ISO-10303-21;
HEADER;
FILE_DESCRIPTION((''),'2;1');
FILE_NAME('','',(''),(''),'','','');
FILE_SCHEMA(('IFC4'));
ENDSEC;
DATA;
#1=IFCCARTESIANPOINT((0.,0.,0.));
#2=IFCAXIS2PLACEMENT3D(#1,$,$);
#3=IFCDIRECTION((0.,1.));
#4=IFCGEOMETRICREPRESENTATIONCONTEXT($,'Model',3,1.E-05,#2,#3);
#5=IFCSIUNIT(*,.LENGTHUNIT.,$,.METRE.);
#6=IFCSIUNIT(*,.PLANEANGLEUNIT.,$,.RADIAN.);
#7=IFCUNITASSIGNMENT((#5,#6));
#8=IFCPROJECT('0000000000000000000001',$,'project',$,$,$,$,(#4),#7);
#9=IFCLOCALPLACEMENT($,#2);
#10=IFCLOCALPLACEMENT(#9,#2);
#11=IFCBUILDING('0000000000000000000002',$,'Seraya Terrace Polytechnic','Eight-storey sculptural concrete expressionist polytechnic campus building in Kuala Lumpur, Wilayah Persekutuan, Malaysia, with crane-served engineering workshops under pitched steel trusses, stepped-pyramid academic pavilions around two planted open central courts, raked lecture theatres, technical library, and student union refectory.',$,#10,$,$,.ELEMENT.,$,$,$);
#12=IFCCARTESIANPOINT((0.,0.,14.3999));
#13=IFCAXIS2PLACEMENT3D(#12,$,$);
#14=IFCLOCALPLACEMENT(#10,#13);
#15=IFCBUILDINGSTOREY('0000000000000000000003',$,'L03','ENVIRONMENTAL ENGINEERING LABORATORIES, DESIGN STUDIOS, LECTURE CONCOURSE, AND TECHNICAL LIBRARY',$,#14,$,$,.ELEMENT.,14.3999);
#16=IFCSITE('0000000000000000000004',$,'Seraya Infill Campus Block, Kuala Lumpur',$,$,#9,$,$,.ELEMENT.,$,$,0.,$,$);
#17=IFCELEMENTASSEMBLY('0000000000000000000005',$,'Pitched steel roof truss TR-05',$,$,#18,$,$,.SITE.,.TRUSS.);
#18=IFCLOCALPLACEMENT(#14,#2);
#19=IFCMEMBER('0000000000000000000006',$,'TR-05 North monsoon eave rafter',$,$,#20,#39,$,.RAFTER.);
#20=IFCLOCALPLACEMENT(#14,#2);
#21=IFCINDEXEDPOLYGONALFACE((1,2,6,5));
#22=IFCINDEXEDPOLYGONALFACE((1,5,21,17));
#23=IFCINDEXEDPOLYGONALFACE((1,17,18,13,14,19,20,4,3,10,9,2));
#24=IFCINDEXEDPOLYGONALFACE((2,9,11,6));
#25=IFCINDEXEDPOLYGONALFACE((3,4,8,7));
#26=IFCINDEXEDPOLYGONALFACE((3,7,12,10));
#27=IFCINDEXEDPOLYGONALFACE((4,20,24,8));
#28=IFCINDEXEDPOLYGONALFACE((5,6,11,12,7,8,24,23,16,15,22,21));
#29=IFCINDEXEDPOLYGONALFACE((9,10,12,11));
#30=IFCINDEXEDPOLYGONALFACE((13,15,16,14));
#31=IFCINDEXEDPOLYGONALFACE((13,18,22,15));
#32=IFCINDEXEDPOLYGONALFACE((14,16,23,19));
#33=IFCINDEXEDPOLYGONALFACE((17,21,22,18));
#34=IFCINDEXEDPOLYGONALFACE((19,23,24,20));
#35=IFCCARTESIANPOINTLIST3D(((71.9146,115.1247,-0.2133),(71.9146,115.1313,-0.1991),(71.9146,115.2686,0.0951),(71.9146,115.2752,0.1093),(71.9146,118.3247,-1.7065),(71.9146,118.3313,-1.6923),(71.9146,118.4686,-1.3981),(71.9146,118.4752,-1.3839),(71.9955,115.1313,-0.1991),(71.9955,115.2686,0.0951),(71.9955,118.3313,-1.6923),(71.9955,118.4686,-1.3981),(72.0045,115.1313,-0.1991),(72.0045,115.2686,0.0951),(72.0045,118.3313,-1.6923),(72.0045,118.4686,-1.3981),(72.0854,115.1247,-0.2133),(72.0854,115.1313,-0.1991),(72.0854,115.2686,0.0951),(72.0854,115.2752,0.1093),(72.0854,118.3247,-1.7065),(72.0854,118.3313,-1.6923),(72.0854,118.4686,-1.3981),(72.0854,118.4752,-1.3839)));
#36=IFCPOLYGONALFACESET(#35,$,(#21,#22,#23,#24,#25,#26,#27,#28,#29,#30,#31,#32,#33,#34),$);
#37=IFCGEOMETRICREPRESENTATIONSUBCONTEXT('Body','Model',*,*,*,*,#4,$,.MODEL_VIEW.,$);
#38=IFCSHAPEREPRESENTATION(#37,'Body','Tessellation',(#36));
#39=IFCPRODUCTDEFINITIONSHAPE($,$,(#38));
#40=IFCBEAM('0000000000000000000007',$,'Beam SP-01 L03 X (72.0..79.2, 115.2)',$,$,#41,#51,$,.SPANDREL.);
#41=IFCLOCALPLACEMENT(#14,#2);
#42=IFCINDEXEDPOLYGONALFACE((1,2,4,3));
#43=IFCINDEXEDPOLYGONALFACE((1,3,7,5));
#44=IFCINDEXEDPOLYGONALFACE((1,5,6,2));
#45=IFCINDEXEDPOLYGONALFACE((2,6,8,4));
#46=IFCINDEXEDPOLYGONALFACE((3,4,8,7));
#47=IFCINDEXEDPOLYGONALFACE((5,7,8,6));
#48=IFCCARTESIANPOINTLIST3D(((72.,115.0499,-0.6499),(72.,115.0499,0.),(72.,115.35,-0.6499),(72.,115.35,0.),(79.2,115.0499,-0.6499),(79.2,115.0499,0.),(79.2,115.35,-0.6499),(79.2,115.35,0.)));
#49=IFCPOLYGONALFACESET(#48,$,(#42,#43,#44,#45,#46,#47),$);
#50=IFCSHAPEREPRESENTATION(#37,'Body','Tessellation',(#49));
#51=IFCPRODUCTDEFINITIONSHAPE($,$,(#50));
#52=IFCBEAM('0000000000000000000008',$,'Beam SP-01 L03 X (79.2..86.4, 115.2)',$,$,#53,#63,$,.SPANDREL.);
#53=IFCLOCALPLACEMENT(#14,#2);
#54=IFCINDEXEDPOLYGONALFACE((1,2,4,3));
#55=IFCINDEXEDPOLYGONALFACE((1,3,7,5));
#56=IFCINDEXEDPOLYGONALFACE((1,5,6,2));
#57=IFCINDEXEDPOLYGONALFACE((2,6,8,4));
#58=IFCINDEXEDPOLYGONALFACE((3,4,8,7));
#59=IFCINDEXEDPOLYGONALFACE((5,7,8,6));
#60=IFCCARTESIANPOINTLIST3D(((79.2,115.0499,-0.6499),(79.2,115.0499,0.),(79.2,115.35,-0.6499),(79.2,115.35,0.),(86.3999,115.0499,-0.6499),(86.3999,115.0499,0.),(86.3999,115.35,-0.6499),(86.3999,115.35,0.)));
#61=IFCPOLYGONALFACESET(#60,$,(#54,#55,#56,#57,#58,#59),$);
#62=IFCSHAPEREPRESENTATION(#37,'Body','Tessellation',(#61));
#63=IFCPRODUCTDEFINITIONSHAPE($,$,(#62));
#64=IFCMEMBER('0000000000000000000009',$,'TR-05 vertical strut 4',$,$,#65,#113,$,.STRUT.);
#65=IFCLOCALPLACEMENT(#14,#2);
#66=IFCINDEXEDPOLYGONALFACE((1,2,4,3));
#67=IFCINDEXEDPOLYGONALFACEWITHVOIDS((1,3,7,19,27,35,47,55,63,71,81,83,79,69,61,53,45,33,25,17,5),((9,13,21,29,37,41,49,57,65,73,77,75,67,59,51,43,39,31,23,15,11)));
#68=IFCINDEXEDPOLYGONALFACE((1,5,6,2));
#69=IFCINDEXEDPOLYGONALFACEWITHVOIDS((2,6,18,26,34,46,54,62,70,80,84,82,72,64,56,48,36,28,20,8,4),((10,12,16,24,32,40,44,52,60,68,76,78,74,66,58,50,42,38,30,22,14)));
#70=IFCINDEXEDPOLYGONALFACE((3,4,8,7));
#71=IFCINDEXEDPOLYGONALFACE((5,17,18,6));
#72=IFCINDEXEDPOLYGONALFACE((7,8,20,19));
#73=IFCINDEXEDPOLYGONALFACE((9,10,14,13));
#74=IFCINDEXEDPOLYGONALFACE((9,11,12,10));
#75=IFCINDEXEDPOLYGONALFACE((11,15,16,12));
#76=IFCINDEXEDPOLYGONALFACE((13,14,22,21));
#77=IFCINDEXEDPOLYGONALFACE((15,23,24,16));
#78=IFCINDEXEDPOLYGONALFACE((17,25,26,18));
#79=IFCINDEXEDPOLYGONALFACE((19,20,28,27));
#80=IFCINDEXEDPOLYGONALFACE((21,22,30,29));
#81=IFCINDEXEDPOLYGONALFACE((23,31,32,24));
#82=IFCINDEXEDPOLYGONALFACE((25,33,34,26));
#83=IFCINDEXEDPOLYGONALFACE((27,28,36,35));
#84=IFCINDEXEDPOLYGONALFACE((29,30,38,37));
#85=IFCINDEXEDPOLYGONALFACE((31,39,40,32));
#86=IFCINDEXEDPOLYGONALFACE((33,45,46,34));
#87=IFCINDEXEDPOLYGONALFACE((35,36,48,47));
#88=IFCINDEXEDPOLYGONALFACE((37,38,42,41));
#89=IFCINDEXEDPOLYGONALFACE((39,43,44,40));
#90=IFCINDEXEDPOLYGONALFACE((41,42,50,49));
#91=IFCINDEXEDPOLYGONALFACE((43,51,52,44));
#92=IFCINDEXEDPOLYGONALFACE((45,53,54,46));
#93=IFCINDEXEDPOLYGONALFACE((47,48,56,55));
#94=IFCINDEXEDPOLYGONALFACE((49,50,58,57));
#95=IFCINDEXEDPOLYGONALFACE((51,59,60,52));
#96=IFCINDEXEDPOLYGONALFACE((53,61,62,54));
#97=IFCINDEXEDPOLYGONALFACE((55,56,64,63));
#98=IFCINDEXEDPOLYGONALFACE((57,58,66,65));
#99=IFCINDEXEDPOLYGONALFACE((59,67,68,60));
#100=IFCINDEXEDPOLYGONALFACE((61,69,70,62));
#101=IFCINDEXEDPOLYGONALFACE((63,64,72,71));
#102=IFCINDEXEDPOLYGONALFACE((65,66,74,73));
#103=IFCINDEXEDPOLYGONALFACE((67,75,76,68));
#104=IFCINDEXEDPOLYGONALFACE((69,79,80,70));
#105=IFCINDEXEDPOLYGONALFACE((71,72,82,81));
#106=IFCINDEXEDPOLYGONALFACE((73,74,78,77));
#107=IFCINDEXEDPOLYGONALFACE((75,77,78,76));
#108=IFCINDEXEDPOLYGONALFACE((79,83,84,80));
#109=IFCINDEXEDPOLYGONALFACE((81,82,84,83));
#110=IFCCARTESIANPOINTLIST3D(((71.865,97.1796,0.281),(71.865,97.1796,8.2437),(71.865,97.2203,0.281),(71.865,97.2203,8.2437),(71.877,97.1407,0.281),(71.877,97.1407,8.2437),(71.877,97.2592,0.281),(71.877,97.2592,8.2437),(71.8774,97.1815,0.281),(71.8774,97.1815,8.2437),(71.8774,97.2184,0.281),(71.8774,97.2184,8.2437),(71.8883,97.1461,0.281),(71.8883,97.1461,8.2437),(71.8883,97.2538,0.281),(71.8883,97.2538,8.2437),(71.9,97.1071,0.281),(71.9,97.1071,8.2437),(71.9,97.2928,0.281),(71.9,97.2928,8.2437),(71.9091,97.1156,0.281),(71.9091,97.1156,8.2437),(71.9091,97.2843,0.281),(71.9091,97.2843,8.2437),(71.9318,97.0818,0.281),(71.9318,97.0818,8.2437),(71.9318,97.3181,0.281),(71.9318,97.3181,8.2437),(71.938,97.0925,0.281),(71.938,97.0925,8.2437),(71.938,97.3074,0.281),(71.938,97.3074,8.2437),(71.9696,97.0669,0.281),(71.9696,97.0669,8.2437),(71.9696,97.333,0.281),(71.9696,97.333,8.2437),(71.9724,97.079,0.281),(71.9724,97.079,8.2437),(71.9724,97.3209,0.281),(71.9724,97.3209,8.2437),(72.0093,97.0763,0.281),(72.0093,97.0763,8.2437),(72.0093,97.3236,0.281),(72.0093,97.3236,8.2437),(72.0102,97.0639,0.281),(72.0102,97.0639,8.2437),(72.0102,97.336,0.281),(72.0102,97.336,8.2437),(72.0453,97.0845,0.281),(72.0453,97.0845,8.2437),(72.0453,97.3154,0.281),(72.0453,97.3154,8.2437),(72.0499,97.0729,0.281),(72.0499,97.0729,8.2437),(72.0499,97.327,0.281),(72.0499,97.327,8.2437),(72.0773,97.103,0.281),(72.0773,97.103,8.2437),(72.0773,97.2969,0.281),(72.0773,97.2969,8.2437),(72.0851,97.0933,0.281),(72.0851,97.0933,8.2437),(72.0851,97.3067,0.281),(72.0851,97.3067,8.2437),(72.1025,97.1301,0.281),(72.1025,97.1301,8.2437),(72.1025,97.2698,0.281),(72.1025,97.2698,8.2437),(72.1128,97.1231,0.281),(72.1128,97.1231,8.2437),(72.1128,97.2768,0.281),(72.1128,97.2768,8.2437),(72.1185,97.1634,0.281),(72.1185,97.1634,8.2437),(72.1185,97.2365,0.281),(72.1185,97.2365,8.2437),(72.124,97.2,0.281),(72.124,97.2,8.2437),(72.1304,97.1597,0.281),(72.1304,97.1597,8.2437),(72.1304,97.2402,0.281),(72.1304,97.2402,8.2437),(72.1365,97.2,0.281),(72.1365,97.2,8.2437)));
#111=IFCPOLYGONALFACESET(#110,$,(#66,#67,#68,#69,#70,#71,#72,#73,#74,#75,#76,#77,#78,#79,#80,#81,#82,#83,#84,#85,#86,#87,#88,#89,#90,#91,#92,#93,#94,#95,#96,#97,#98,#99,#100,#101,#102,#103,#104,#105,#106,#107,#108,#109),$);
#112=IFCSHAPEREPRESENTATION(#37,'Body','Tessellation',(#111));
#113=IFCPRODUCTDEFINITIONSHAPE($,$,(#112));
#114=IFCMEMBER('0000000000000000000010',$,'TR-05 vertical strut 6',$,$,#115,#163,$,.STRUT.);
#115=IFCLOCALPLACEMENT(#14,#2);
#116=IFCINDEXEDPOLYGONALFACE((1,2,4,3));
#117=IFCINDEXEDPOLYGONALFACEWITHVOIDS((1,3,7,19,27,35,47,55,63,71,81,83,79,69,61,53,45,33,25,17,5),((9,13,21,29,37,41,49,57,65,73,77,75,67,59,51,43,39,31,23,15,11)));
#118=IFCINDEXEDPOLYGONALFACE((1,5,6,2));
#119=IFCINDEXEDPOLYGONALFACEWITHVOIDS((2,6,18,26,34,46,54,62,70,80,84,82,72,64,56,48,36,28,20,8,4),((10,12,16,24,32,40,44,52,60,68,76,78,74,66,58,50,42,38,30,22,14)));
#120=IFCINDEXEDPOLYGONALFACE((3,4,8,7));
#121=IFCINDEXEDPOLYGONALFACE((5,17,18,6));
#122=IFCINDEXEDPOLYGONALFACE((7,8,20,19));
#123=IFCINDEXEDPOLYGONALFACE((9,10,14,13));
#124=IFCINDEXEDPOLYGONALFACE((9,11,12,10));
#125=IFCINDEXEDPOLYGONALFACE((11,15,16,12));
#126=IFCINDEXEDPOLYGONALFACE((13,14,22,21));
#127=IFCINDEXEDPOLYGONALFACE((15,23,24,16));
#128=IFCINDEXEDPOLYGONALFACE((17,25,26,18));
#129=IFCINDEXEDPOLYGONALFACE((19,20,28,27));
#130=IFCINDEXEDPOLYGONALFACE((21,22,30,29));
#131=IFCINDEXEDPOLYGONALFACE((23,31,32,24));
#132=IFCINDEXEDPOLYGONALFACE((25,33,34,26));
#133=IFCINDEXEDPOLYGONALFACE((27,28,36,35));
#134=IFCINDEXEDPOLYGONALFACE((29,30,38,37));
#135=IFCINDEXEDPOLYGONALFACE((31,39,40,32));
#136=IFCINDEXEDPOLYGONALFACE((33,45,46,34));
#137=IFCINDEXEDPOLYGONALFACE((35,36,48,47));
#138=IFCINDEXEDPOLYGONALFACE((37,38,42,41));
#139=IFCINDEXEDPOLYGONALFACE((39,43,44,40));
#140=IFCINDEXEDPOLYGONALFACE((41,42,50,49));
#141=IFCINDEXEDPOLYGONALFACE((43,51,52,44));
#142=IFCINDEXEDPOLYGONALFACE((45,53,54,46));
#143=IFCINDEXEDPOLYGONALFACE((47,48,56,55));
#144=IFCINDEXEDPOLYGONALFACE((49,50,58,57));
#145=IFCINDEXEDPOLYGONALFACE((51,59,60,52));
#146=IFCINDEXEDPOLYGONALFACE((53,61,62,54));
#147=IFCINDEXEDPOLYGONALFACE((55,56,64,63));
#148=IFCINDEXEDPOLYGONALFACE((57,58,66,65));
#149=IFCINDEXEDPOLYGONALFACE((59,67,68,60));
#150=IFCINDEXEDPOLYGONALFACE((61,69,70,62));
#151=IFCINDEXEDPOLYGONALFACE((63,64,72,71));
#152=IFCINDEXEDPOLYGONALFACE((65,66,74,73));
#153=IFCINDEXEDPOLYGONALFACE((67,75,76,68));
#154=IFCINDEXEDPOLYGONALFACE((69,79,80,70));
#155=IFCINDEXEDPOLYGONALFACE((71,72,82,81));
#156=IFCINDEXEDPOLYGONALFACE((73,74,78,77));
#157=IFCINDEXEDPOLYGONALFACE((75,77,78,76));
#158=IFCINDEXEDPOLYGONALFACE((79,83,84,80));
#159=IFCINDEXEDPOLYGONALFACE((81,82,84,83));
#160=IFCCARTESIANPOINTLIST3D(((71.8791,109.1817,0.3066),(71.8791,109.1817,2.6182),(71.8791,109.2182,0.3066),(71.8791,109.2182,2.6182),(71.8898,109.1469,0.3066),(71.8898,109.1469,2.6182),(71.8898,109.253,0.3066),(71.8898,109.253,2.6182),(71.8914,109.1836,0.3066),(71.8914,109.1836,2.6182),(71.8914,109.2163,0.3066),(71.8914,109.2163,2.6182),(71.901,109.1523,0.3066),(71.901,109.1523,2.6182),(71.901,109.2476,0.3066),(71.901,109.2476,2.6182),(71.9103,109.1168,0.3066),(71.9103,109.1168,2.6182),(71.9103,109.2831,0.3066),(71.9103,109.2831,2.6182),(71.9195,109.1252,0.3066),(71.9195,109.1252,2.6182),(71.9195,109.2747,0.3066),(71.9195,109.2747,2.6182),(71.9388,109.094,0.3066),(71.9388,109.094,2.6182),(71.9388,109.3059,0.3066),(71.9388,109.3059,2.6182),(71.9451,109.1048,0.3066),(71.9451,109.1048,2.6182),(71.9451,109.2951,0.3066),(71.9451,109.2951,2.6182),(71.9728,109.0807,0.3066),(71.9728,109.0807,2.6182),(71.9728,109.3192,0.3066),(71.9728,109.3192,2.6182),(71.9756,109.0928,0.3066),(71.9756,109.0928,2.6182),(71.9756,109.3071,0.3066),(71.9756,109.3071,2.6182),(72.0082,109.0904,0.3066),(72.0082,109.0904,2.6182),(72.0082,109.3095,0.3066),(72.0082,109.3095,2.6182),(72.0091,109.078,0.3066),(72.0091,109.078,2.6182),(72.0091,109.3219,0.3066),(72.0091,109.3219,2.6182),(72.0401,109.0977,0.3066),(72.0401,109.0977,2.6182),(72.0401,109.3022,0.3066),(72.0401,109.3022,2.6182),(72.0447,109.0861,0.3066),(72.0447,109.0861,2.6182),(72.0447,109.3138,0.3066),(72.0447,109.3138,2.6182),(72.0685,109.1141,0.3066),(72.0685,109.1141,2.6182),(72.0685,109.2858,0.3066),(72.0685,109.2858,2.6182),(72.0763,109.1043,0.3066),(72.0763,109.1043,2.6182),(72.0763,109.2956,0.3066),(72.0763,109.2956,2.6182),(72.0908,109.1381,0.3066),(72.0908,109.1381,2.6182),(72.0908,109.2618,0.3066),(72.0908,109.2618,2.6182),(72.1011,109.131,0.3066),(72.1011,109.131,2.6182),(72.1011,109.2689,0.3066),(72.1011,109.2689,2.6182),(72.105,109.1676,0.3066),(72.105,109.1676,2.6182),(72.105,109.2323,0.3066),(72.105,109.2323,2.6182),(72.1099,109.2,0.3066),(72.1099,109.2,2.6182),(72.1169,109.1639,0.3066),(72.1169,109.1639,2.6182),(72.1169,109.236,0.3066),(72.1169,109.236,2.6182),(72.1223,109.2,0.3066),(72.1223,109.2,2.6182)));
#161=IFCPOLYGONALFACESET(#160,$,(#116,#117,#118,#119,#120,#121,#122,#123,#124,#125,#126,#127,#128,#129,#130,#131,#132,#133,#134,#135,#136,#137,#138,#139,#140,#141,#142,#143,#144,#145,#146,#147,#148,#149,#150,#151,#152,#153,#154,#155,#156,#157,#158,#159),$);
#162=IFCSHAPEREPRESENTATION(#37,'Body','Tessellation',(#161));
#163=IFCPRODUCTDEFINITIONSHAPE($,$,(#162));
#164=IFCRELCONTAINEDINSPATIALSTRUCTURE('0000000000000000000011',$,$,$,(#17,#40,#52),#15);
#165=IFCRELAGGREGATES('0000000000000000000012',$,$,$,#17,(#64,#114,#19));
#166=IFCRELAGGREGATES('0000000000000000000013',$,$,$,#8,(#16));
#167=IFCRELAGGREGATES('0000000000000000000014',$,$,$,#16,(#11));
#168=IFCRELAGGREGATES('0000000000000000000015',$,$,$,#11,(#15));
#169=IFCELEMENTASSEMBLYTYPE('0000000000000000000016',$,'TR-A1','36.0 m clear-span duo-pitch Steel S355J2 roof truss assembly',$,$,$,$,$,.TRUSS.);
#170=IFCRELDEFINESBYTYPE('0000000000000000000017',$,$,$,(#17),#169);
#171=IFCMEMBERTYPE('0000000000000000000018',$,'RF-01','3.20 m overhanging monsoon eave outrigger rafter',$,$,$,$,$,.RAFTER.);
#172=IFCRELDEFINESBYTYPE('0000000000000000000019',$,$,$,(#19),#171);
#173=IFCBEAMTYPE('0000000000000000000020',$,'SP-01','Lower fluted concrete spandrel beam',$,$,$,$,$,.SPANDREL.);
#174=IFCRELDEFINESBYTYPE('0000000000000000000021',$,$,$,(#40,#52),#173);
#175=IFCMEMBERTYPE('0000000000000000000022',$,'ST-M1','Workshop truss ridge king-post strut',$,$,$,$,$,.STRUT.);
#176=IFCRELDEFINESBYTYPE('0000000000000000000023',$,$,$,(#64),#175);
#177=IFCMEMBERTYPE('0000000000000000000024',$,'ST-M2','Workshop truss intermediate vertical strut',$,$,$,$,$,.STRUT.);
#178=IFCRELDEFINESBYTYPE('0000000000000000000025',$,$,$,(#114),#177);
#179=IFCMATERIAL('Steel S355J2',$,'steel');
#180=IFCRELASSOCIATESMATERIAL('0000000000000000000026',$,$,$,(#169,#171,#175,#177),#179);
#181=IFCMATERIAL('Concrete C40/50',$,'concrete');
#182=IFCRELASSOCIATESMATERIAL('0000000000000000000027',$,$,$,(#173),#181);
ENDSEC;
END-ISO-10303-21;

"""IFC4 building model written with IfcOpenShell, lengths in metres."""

from ifc_helpers import new_model, si_unit, direction, frame, origin, origin_2d, place, context, subcontext, project, spatial, rectangle, hollow_circle, i_section, extrude, material, material_profile, profile_set, type_object, element, aggregate, save


model = new_model("IFC4")

# Units and contexts
model_context = context("Model", 3, precision=1e-05, world=origin(), true_north=direction((0.0, 1.0)))
body_context = subcontext(model_context, "Body", "Model", "MODEL_VIEW")
ifc_project = project(units=[si_unit("LENGTHUNIT", "METRE"), si_unit("PLANEANGLEUNIT", "RADIAN")], contexts=[model_context])

# Site, building, storey
site_placement = place(None, origin())
site = spatial("IfcSite", under=ifc_project, at=site_placement, Name="Seraya Infill Campus Block, Kuala Lumpur", CompositionType="ELEMENT", RefElevation=0.0)
building_placement = place(site_placement, origin())
building = spatial("IfcBuilding", under=site, at=building_placement, Name="Seraya Terrace Polytechnic", Description="Eight-storey sculptural concrete expressionist polytechnic campus building in Kuala Lumpur, Wilayah Persekutuan, Malaysia, with crane-served engineering workshops under pitched steel trusses, stepped-pyramid academic pavilions around two planted open central courts, raked lecture theatres, technical library, and student union refectory.", CompositionType="ELEMENT")
storey_placement = place(building_placement, frame((0.0, 0.0, 14.3999)))
storey = spatial("IfcBuildingStorey", under=building, at=storey_placement, Name="L03", Description="ENVIRONMENTAL ENGINEERING LABORATORIES, DESIGN STUDIOS, LECTURE CONCOURSE, AND TECHNICAL LIBRARY", CompositionType="ELEMENT", Elevation=14.3999)

# Element assembly
ifc_material_1 = material(Name="Steel S355J2", Category="steel")
element_assembly_type = type_object("IfcElementAssemblyType", Name="TR-A1", Description="36.0 m clear-span duo-pitch Steel S355J2 roof truss assembly", PredefinedType="TRUSS", material=ifc_material_1)
assembly_placement = place(storey_placement, origin())
assembly = element("IfcElementAssembly", 1, at=assembly_placement, inside=storey, type_object=element_assembly_type, Name="Pitched steel roof truss TR-05", AssemblyPlace="SITE", PredefinedType="TRUSS")

# Member
ifc_material_profile_1 = material_profile(ifc_material_1, i_section(OverallWidth=0.1709, OverallDepth=0.356, WebThickness=0.009, FlangeThickness=0.0156, at=origin_2d()), Name="UKB 356x171x9.1x15.7")
ifc_profile_set_1 = profile_set([ifc_material_profile_1], Name="Steel S355J2")
member_type_1 = type_object("IfcMemberType", Name="RF-01", Description="3.20 m overhanging monsoon eave outrigger rafter", PredefinedType="RAFTER", material=ifc_profile_set_1)
member_1_placement = place(storey_placement, frame((72.0, 115.2, -0.052), z_axis=(0.0, 0.906199, -0.422851), x_axis=(-1.0, 0.0, 0.0)))
member_1 = element("IfcMember", 2, at=member_1_placement, type_object=member_type_1, Name="TR-05 North monsoon eave rafter", PredefinedType="RAFTER", context=body_context, shape_type="SweptSolid", body=[
    extrude(i_section(OverallWidth=0.1709, OverallDepth=0.356, WebThickness=0.009, FlangeThickness=0.0156, at=origin_2d()), origin(), (0.0, 0.0, 1.0), 3.5312),
])

# Beams
ifc_material_2 = material(Name="Concrete C40/50", Category="concrete")
ifc_material_profile_2 = material_profile(ifc_material_2, rectangle(XDim=0.3, YDim=0.6499, at=origin_2d()), Name="RC 300x650")
ifc_profile_set_2 = profile_set([ifc_material_profile_2], Name="Concrete C40/50")
beam_type = type_object("IfcBeamType", Name="SP-01", Description="Lower fluted concrete spandrel beam", PredefinedType="SPANDREL", material=ifc_profile_set_2)
for number, where, z_axis, x_axis, name in (
    (3, (72.0, 115.2, -0.325), (1.0, 0.0, 0.0), (0.0, 1.0, 0.0), "Beam SP-01 L03 X (72.0..79.2, 115.2)"),
    (4, (79.2, 115.2, -0.325), (1.0, 0.0, 0.0), (0.0, 1.0, 0.0), "Beam SP-01 L03 X (79.2..86.4, 115.2)"),
):
    element("IfcBeam", number, at=place(storey_placement, frame(where, z_axis=z_axis, x_axis=x_axis)), inside=storey, type_object=beam_type, Name=name, PredefinedType="SPANDREL", context=body_context, shape_type="SweptSolid", body=[
        extrude(rectangle(XDim=0.3, YDim=0.6499, at=origin_2d()), origin(), (0.0, 0.0, 1.0), 7.2),
    ])

# Members
ifc_material_profile_3 = material_profile(ifc_material_1, hollow_circle(Radius=0.1365, WallThickness=0.0125, at=origin_2d()), Name="CHS 273.0x12.5")
ifc_profile_set_3 = profile_set([ifc_material_profile_3], Name="Steel S355J2")
member_type_2 = type_object("IfcMemberType", Name="ST-M1", Description="Workshop truss ridge king-post strut", PredefinedType="STRUT", material=ifc_profile_set_3)
member_2_placement = place(storey_placement, frame((72.0, 97.2, 0.281), z_axis=(0.0, 0.0, 1.0), x_axis=(1.0, 0.0, 0.0)))
member_2 = element("IfcMember", 5, at=member_2_placement, type_object=member_type_2, Name="TR-05 vertical strut 4", PredefinedType="STRUT", context=body_context, shape_type="SweptSolid", body=[
    extrude(hollow_circle(Radius=0.1365, WallThickness=0.0125, at=origin_2d()), origin(), (0.0, 0.0, 1.0), 7.9626),
])
ifc_material_profile_4 = material_profile(ifc_material_1, hollow_circle(Radius=0.1223, WallThickness=0.0125, at=origin_2d()), Name="CHS 244.5x12.5")
ifc_profile_set_4 = profile_set([ifc_material_profile_4], Name="Steel S355J2")
member_type_3 = type_object("IfcMemberType", Name="ST-M2", Description="Workshop truss intermediate vertical strut", PredefinedType="STRUT", material=ifc_profile_set_4)
member_3_placement = place(storey_placement, frame((72.0, 109.2, 0.3066), z_axis=(0.0, 0.0, 1.0), x_axis=(1.0, 0.0, 0.0)))
member_3 = element("IfcMember", 6, at=member_3_placement, type_object=member_type_3, Name="TR-05 vertical strut 6", PredefinedType="STRUT", context=body_context, shape_type="SweptSolid", body=[
    extrude(hollow_circle(Radius=0.1223, WallThickness=0.0125, at=origin_2d()), origin(), (0.0, 0.0, 1.0), 2.3115),
])

aggregate(assembly, [member_2, member_3, member_1])

save(model, "model.ifc")
